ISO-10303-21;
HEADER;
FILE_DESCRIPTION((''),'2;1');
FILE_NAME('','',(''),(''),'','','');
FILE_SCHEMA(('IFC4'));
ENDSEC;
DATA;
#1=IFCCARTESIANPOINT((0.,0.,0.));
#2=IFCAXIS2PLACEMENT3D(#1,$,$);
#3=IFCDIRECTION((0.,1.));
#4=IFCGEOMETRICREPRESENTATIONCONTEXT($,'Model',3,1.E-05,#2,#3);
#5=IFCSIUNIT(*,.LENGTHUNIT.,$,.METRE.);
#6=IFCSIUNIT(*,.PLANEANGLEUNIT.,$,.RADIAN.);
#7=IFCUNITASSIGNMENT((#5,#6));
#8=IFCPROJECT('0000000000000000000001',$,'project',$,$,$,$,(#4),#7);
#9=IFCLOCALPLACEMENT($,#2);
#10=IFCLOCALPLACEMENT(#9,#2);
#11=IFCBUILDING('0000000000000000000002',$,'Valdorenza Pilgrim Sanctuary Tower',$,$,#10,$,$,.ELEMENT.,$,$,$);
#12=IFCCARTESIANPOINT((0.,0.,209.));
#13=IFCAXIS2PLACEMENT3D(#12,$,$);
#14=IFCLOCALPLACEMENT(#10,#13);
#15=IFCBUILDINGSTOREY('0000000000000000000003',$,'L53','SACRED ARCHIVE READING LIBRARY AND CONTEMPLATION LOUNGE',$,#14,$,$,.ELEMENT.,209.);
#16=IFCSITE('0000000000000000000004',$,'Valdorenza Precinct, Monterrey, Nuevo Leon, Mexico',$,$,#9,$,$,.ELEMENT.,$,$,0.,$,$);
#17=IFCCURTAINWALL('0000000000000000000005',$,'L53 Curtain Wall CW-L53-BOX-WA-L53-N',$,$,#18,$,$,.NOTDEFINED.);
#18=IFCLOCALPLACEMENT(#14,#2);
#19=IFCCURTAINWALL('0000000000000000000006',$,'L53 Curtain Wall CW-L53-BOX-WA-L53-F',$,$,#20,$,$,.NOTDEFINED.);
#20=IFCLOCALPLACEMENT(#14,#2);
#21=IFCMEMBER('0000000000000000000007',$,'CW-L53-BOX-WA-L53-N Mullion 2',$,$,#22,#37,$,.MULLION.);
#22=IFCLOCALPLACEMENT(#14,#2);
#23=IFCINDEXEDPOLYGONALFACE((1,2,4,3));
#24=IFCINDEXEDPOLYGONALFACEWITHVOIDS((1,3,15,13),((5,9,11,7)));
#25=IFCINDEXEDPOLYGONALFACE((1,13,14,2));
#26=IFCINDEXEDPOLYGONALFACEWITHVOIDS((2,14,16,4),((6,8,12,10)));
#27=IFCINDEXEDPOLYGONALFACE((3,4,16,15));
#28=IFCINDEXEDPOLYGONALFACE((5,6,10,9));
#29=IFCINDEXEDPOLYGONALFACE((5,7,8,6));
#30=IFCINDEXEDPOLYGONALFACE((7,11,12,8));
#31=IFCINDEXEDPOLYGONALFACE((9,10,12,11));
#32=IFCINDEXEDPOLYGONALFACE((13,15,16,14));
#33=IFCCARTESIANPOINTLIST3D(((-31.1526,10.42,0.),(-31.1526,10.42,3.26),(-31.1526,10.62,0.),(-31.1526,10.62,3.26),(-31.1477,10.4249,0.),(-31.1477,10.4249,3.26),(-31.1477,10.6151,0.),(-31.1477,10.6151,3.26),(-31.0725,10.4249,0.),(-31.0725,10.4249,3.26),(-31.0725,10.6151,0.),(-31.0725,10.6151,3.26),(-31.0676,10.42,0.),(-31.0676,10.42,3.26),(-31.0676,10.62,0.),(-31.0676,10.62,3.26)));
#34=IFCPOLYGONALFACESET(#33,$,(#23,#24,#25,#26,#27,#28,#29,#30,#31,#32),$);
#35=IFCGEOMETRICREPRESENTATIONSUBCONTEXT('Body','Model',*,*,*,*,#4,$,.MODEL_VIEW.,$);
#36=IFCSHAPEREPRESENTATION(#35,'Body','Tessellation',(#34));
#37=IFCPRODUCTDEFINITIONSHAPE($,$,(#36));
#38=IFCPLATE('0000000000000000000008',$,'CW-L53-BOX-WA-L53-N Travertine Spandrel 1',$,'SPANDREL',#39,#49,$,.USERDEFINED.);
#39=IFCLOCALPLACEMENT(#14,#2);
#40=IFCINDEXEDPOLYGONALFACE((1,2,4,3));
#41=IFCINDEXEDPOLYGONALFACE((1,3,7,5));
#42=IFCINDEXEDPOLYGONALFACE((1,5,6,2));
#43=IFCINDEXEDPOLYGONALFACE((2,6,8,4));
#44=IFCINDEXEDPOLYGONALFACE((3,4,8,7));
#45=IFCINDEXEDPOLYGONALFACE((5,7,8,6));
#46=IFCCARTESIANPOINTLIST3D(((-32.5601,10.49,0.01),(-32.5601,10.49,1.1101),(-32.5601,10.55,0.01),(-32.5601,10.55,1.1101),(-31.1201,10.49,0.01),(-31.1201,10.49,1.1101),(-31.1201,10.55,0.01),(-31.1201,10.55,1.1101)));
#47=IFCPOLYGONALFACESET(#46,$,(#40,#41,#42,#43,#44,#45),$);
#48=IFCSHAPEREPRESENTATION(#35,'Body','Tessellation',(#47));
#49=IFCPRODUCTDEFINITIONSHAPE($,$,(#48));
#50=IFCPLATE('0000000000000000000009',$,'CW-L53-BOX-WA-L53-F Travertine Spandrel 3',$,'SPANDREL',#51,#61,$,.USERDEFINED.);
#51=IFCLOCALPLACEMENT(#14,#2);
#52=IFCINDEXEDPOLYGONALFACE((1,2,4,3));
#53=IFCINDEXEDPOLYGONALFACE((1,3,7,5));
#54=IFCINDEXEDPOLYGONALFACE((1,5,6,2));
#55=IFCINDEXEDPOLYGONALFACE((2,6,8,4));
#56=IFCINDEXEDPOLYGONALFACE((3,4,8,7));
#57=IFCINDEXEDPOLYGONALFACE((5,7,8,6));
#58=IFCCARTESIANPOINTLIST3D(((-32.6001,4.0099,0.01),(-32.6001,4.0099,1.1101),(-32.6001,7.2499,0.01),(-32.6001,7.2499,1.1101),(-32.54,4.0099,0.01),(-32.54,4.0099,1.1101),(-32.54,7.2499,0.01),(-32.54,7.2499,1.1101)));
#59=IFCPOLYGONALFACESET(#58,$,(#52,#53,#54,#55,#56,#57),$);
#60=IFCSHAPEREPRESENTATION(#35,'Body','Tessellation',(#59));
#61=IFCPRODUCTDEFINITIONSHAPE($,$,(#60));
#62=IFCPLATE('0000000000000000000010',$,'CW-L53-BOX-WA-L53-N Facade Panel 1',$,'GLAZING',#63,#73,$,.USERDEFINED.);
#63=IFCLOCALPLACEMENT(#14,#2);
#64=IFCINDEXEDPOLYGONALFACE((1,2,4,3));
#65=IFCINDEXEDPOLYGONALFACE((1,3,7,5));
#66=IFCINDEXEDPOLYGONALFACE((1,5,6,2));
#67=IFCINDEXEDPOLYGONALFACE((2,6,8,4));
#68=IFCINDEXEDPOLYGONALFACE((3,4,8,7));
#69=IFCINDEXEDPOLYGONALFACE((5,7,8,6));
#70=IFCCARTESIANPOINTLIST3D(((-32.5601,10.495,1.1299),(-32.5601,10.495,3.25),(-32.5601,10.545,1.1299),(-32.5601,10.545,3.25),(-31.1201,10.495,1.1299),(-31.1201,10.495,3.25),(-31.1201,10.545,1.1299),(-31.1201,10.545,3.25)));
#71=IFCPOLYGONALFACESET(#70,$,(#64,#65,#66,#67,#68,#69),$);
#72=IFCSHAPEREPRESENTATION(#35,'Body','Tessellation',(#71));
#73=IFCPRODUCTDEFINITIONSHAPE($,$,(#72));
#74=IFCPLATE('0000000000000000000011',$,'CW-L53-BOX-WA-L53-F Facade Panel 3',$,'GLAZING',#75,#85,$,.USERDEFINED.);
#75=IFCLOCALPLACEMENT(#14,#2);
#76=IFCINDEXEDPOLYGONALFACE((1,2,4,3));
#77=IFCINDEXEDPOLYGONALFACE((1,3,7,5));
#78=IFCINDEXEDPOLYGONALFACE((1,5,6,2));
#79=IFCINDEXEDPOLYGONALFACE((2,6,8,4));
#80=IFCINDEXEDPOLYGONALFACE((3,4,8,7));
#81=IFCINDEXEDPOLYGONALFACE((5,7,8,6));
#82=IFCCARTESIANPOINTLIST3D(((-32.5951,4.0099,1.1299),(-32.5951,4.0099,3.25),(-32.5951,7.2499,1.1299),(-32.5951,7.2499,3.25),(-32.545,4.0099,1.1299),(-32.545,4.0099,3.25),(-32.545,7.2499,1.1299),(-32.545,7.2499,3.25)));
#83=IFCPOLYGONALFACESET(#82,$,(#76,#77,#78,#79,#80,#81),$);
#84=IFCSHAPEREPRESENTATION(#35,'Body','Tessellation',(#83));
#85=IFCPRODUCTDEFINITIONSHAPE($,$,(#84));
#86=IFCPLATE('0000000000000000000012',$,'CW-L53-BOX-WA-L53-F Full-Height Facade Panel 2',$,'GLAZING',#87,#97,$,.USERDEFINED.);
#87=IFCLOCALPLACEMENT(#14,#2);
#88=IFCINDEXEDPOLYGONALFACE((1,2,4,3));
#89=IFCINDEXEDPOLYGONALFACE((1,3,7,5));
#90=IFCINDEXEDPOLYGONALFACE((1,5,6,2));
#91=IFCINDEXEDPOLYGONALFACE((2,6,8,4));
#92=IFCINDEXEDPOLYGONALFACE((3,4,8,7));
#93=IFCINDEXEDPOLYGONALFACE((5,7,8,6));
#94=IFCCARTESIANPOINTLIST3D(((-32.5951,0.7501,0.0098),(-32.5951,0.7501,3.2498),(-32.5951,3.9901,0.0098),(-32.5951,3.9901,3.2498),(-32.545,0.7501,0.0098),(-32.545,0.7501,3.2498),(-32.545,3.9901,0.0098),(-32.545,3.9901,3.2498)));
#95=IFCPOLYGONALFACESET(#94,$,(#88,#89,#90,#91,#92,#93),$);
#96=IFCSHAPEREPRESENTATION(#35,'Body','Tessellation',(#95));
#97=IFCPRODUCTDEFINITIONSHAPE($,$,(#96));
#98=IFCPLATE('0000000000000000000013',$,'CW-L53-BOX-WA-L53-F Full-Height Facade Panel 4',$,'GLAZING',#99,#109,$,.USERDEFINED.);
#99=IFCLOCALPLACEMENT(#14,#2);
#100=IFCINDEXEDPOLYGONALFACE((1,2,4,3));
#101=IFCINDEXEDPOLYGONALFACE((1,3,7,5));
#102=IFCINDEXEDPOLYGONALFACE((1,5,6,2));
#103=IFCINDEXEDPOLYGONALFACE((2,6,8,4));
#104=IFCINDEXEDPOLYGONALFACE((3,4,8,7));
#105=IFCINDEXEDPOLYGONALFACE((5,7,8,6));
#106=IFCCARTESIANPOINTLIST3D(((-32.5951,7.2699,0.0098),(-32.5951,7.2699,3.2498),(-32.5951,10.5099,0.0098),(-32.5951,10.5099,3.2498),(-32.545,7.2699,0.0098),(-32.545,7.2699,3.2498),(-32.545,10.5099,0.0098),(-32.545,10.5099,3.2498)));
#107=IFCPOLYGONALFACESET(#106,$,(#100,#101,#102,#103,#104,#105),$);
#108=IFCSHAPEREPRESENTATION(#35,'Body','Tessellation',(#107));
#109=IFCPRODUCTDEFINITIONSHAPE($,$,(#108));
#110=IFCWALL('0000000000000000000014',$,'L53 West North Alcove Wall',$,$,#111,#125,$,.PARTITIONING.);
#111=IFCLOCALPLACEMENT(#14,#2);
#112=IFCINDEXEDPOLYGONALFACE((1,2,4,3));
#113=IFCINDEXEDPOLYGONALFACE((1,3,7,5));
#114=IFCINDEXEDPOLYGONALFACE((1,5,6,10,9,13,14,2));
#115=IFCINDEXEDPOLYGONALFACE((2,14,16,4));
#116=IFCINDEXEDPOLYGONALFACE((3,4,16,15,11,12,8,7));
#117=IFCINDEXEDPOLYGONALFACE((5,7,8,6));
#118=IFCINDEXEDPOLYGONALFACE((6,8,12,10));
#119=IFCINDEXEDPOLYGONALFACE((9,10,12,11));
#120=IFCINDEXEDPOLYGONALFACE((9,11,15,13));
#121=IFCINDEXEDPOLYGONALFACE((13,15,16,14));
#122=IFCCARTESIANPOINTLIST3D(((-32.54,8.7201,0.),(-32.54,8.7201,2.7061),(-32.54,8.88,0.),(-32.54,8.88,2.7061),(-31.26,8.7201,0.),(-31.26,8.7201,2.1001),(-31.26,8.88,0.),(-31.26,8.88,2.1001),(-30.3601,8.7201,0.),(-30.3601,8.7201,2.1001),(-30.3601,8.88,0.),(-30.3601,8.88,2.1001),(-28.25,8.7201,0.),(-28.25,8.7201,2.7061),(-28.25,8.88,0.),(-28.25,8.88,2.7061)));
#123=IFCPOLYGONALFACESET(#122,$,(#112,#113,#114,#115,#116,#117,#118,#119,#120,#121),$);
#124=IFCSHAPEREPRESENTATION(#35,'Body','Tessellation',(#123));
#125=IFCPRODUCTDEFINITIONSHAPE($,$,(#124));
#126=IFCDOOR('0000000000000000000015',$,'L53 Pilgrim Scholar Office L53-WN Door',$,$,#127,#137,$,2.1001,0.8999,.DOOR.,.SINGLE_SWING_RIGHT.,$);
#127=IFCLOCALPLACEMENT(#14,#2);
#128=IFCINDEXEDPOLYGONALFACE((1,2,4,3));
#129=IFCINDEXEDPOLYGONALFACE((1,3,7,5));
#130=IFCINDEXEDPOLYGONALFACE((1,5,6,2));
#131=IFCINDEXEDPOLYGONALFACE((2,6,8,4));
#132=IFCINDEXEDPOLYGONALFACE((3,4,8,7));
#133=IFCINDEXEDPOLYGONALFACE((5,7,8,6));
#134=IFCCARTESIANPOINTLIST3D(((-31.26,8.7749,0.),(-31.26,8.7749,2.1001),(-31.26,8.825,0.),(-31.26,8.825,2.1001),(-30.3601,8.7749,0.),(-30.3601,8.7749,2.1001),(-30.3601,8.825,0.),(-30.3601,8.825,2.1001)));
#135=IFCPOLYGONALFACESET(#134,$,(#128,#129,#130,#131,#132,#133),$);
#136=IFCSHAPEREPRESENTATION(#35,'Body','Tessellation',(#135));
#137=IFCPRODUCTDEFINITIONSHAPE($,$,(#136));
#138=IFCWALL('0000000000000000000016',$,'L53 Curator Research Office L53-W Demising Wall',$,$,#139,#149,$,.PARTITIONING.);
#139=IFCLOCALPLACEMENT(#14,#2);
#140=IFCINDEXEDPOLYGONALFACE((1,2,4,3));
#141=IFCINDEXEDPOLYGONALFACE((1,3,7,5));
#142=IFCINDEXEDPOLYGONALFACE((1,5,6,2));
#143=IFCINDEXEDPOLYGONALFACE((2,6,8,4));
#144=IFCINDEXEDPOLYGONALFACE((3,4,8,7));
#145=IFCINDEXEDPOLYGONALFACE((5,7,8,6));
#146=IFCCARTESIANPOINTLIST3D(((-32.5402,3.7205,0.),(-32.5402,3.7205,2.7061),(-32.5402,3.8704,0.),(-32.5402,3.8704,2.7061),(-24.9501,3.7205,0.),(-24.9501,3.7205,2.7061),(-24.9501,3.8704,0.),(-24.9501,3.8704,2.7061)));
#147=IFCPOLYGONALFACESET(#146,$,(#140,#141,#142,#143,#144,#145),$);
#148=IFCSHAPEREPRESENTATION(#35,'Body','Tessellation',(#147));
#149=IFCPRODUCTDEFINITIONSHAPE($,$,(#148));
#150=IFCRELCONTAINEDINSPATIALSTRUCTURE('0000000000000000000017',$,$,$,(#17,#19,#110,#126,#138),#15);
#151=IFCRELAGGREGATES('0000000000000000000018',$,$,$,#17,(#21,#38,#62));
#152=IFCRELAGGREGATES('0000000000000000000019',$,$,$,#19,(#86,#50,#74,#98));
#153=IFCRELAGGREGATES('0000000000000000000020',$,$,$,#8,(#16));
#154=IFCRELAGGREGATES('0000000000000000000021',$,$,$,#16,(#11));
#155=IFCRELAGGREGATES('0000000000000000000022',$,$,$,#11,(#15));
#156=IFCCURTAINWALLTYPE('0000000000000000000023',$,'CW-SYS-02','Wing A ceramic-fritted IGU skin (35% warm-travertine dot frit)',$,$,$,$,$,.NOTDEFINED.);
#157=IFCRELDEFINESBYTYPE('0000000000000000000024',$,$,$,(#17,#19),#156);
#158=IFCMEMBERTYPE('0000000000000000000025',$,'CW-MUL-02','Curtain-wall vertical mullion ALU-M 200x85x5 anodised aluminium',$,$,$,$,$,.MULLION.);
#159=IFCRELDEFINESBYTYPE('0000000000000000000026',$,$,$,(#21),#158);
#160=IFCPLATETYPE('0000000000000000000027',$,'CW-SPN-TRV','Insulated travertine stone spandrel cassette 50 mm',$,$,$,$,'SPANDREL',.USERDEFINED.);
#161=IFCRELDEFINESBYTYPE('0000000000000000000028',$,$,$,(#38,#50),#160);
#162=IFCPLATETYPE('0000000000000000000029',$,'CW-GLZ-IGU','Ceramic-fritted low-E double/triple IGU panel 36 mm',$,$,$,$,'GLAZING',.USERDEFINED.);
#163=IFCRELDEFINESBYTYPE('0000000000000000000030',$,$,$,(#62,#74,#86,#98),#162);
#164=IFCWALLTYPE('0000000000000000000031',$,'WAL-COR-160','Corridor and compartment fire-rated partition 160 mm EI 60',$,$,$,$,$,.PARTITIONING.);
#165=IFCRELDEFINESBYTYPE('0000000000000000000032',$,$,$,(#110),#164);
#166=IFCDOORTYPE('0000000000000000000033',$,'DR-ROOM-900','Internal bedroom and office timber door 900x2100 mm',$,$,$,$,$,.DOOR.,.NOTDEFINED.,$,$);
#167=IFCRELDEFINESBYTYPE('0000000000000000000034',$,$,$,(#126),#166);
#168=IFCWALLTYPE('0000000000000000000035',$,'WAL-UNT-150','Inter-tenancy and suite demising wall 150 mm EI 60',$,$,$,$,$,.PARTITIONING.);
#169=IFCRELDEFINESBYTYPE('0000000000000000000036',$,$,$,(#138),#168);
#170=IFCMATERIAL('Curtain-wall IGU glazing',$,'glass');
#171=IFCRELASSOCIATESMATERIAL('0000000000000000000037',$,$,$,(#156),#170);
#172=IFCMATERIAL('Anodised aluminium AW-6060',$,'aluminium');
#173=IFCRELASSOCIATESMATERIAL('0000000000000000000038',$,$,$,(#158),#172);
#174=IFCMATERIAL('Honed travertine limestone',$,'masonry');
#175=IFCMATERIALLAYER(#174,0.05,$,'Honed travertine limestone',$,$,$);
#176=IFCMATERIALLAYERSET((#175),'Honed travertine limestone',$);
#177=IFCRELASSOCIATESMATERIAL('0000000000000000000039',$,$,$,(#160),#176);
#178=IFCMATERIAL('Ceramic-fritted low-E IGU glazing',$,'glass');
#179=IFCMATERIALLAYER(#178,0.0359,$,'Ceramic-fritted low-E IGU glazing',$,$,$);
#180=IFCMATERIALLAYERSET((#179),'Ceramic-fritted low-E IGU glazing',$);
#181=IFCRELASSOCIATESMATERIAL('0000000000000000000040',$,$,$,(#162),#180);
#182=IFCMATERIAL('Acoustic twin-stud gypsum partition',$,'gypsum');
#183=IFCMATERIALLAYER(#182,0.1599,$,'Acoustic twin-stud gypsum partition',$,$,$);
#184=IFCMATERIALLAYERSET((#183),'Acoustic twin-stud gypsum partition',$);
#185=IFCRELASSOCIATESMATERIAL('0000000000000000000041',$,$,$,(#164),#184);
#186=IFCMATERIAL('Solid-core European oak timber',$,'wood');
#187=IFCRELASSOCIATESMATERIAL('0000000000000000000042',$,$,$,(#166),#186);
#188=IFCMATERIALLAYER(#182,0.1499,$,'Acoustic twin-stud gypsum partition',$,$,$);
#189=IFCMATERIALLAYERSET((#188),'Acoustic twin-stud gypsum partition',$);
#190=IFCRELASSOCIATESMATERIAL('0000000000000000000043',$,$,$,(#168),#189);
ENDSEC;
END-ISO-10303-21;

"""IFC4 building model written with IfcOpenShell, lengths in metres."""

from ifc_helpers import new_model, si_unit, direction, frame, frame_2d, origin, origin_2d, place, context, subcontext, project, spatial, rectangle, hollow_rectangle, extrude, source, transform, mapped, material, layer, layer_set, material_profile, profile_set, type_object, element, fill, aggregate, save


model = new_model("IFC4")

# Units and contexts
model_context = context("Model", 3, precision=1e-05, world=origin(), true_north=direction((0.0, 1.0)))
body_context = subcontext(model_context, "Body", "Model", "MODEL_VIEW")
ifc_project = project(units=[si_unit("LENGTHUNIT", "METRE"), si_unit("PLANEANGLEUNIT", "RADIAN")], contexts=[model_context])

# Site, building, storey
site_placement = place(None, origin())
site = spatial("IfcSite", under=ifc_project, at=site_placement, Name="Valdorenza Precinct, Monterrey, Nuevo Leon, Mexico", CompositionType="ELEMENT", RefElevation=0.0)
building_placement = place(site_placement, origin())
building = spatial("IfcBuilding", under=site, at=building_placement, Name="Valdorenza Pilgrim Sanctuary Tower", CompositionType="ELEMENT")
storey_placement = place(building_placement, frame((0.0, 0.0, 209.0)))
storey = spatial("IfcBuildingStorey", under=building, at=storey_placement, Name="L53", Description="SACRED ARCHIVE READING LIBRARY AND CONTEMPLATION LOUNGE", CompositionType="ELEMENT", Elevation=209.0)

# Curtain wall
ifc_material_1 = material(Name="Curtain-wall IGU glazing", Category="glass")
curtain_wall_type = type_object("IfcCurtainWallType", Name="CW-SYS-02", Description="Wing A ceramic-fritted IGU skin (35% warm-travertine dot frit)", PredefinedType="NOTDEFINED", material=ifc_material_1)
curtain_wall_1_placement = place(storey_placement, origin())
curtain_wall_1 = element("IfcCurtainWall", 1, at=curtain_wall_1_placement, inside=storey, type_object=curtain_wall_type, Name="L53 Curtain Wall CW-L53-BOX-WA-L53-N", PredefinedType="NOTDEFINED")
ifc_material_2 = material(Name="Anodised aluminium AW-6060", Category="aluminium")

# Curtain wall
curtain_wall_2_placement = place(storey_placement, origin())
curtain_wall_2 = element("IfcCurtainWall", 2, at=curtain_wall_2_placement, inside=storey, type_object=curtain_wall_type, Name="L53 Curtain Wall CW-L53-BOX-WA-L53-F", PredefinedType="NOTDEFINED")
ifc_material_profile_1 = material_profile(ifc_material_2, hollow_rectangle(XDim=0.085, YDim=0.2, WallThickness=0.0049, at=origin_2d()), Name="ALU-M 200x85x5")
ifc_profile_set_1 = profile_set([ifc_material_profile_1], Name="Anodised aluminium AW-6060")
member_type_1 = type_object("IfcMemberType", Name="CW-MUL-02", Description="Curtain-wall vertical mullion ALU-M 200x85x5 anodised aluminium", PredefinedType="MULLION", material=ifc_profile_set_1)
shared_shape_1 = source(origin(), body_context, "Body", "SweptSolid", [
    extrude(hollow_rectangle(XDim=0.085, YDim=0.2, WallThickness=0.0049, at=origin_2d()), origin(), (0.0, 0.0, 1.0), 3.26),
])

# Member
member_1_placement = place(storey_placement, frame((-31.1101, 10.52, 0.0), z_axis=(0.0, 0.0, 1.0), x_axis=(1.0, 0.0, 0.0)))
member_1 = element("IfcMember", 3, at=member_1_placement, type_object=member_type_1, Name="CW-L53-BOX-WA-L53-N Mullion 2", PredefinedType="MULLION", context=body_context, shape_type="MappedRepresentation", body=[
    mapped(shared_shape_1, transform((0.0, 0.0, 0.0), x_axis=(1.0, 0.0, 0.0), y_axis=(0.0, 1.0, 0.0), z_axis=(0.0, 0.0, 1.0), scale=1.0)),
])

# Plates
ifc_material_3 = material(Name="Honed travertine limestone", Category="masonry")
ifc_layer_1 = layer(ifc_material_3, 0.05, Name="Honed travertine limestone")
ifc_layer_set_1 = layer_set([ifc_layer_1], Name="Honed travertine limestone")
plate_type_1 = type_object("IfcPlateType", Name="CW-SPN-TRV", Description="Insulated travertine stone spandrel cassette 50 mm", ElementType="SPANDREL", PredefinedType="USERDEFINED", material=ifc_layer_set_1)
shared_shape_2 = source(origin(), body_context, "Body", "SweptSolid", [
    extrude(rectangle(XDim=1.4399, YDim=0.0601, at=origin_2d()), origin(), (0.0, 0.0, 1.0), 1.1001),
])
plate_1_placement = place(storey_placement, frame((-31.8401, 10.52, 0.01), z_axis=(0.0, 0.0, 1.0), x_axis=(1.0, 0.0, 0.0)))
plate_1 = element("IfcPlate", 4, at=plate_1_placement, type_object=plate_type_1, Name="CW-L53-BOX-WA-L53-N Travertine Spandrel 1", ObjectType="SPANDREL", PredefinedType="USERDEFINED", context=body_context, shape_type="MappedRepresentation", body=[
    mapped(shared_shape_2, transform((0.0, 0.0, 0.0), x_axis=(1.0, 0.0, 0.0), y_axis=(0.0, 1.0, 0.0), z_axis=(0.0, 0.0, 1.0), scale=1.0)),
])
shared_shape_3 = source(origin(), body_context, "Body", "SweptSolid", [
    extrude(rectangle(XDim=3.24, YDim=0.0601, at=origin_2d()), origin(), (0.0, 0.0, 1.0), 1.1001),
])
plate_2_placement = place(storey_placement, frame((-32.5701, 5.6299, 0.01), z_axis=(0.0, 0.0, 1.0), x_axis=(0.0, 1.0, 0.0)))
plate_2 = element("IfcPlate", 5, at=plate_2_placement, type_object=plate_type_1, Name="CW-L53-BOX-WA-L53-F Travertine Spandrel 3", ObjectType="SPANDREL", PredefinedType="USERDEFINED", context=body_context, shape_type="MappedRepresentation", body=[
    mapped(shared_shape_3, transform((0.0, 0.0, 0.0), x_axis=(1.0, 0.0, 0.0), y_axis=(0.0, 1.0, 0.0), z_axis=(0.0, 0.0, 1.0), scale=1.0)),
])
ifc_material_4 = material(Name="Ceramic-fritted low-E IGU glazing", Category="glass")
ifc_layer_2 = layer(ifc_material_4, 0.0359, Name="Ceramic-fritted low-E IGU glazing")
ifc_layer_set_2 = layer_set([ifc_layer_2], Name="Ceramic-fritted low-E IGU glazing")
plate_type_2 = type_object("IfcPlateType", Name="CW-GLZ-IGU", Description="Ceramic-fritted low-E double/triple IGU panel 36 mm", ElementType="GLAZING", PredefinedType="USERDEFINED", material=ifc_layer_set_2)
shared_shape_4 = source(origin(), body_context, "Body", "SweptSolid", [
    extrude(rectangle(XDim=1.4399, YDim=0.05, at=origin_2d()), origin(), (0.0, 0.0, 1.0), 2.1201),
])
plate_3_placement = place(storey_placement, frame((-31.8401, 10.52, 1.1299), z_axis=(0.0, 0.0, 1.0), x_axis=(1.0, 0.0, 0.0)))
plate_3 = element("IfcPlate", 6, at=plate_3_placement, type_object=plate_type_2, Name="CW-L53-BOX-WA-L53-N Facade Panel 1", ObjectType="GLAZING", PredefinedType="USERDEFINED", context=body_context, shape_type="MappedRepresentation", body=[
    mapped(shared_shape_4, transform((0.0, 0.0, 0.0), x_axis=(1.0, 0.0, 0.0), y_axis=(0.0, 1.0, 0.0), z_axis=(0.0, 0.0, 1.0), scale=1.0)),
])
aggregate(curtain_wall_1, [member_1, plate_1, plate_3])
shared_shape_5 = source(origin(), body_context, "Body", "SweptSolid", [
    extrude(rectangle(XDim=3.24, YDim=0.05, at=origin_2d()), origin(), (0.0, 0.0, 1.0), 2.1201),
])
plate_4_placement = place(storey_placement, frame((-32.5701, 5.6299, 1.1299), z_axis=(0.0, 0.0, 1.0), x_axis=(0.0, 1.0, 0.0)))
plate_4 = element("IfcPlate", 7, at=plate_4_placement, type_object=plate_type_2, Name="CW-L53-BOX-WA-L53-F Facade Panel 3", ObjectType="GLAZING", PredefinedType="USERDEFINED", context=body_context, shape_type="MappedRepresentation", body=[
    mapped(shared_shape_5, transform((0.0, 0.0, 0.0), x_axis=(1.0, 0.0, 0.0), y_axis=(0.0, 1.0, 0.0), z_axis=(0.0, 0.0, 1.0), scale=1.0)),
])
shared_shape_6 = source(origin(), body_context, "Body", "SweptSolid", [
    extrude(rectangle(XDim=3.24, YDim=0.05, at=origin_2d()), origin(), (0.0, 0.0, 1.0), 3.24),
])
plate_5_placement = place(storey_placement, frame((-32.5701, 2.3701, 0.0098), z_axis=(0.0, 0.0, 1.0), x_axis=(0.0, 1.0, 0.0)))
plate_5 = element("IfcPlate", 8, at=plate_5_placement, type_object=plate_type_2, Name="CW-L53-BOX-WA-L53-F Full-Height Facade Panel 2", ObjectType="GLAZING", PredefinedType="USERDEFINED", context=body_context, shape_type="MappedRepresentation", body=[
    mapped(shared_shape_6, transform((0.0, 0.0, 0.0), x_axis=(1.0, 0.0, 0.0), y_axis=(0.0, 1.0, 0.0), z_axis=(0.0, 0.0, 1.0), scale=1.0)),
])
plate_6_placement = place(storey_placement, frame((-32.5701, 8.8899, 0.0098), z_axis=(0.0, 0.0, 1.0), x_axis=(0.0, 1.0, 0.0)))
plate_6 = element("IfcPlate", 9, at=plate_6_placement, type_object=plate_type_2, Name="CW-L53-BOX-WA-L53-F Full-Height Facade Panel 4", ObjectType="GLAZING", PredefinedType="USERDEFINED", context=body_context, shape_type="MappedRepresentation", body=[
    mapped(shared_shape_6, transform((0.0, 0.0, 0.0), x_axis=(1.0, 0.0, 0.0), y_axis=(0.0, 1.0, 0.0), z_axis=(0.0, 0.0, 1.0), scale=1.0)),
])
aggregate(curtain_wall_2, [plate_5, plate_2, plate_4, plate_6])

# Wall, opening, door
ifc_material_5 = material(Name="Acoustic twin-stud gypsum partition", Category="gypsum")
ifc_layer_3 = layer(ifc_material_5, 0.1599, Name="Acoustic twin-stud gypsum partition")
ifc_layer_set_3 = layer_set([ifc_layer_3], Name="Acoustic twin-stud gypsum partition")
wall_type_1 = type_object("IfcWallType", Name="WAL-COR-160", Description="Corridor and compartment fire-rated partition 160 mm EI 60", PredefinedType="PARTITIONING", material=ifc_layer_set_3)
wall_1_placement = place(storey_placement, frame((-32.54, 8.8, 0.0), z_axis=(0.0, 0.0, 1.0), x_axis=(1.0, 0.0, 0.0)))
wall_1 = element("IfcWall", 10, at=wall_1_placement, inside=storey, type_object=wall_type_1, Name="L53 West North Alcove Wall", PredefinedType="PARTITIONING", context=body_context, shape_type="SweptSolid", body=[
    extrude(rectangle(XDim=4.29, YDim=0.1599, at=frame_2d((2.145, 0.0))), origin(), (0.0, 0.0, 1.0), 2.7061),
])
opening_placement = place(wall_1_placement, frame((1.28, 0.0, 0.0)))
opening = element("IfcOpeningElement", 11, at=opening_placement, cuts=wall_1, PredefinedType="OPENING", context=body_context, shape_type="SweptSolid", body=[
    extrude(rectangle(XDim=0.8999, YDim=2.1001, at=frame_2d((0.45, 1.05))), frame((0.0, 0.0947, 0.0), z_axis=(0.0, -1.0, 0.0), x_axis=(1.0, 0.0, 0.0)), (0.0, 0.0, 1.0), 0.1897),
])
ifc_material_6 = material(Name="Solid-core European oak timber", Category="wood")
door_type = type_object("IfcDoorType", Name="DR-ROOM-900", Description="Internal bedroom and office timber door 900x2100 mm", OperationType="NOTDEFINED", PredefinedType="DOOR", material=ifc_material_6)
door_placement = place(opening_placement, origin())
door = element("IfcDoor", 12, at=door_placement, inside=storey, type_object=door_type, Name="L53 Pilgrim Scholar Office L53-WN Door", OperationType="SINGLE_SWING_RIGHT", OverallHeight=2.1001, OverallWidth=0.8999, PredefinedType="DOOR", context=body_context, shape_type="SweptSolid", body=[
    extrude(rectangle(XDim=0.8999, YDim=2.1001, at=frame_2d((0.45, 1.05))), frame((0.0, 0.0249, 0.0), z_axis=(0.0, -1.0, 0.0), x_axis=(1.0, 0.0, 0.0)), (0.0, 0.0, 1.0), 0.05),
])
fill(opening, door)

# Wall
ifc_layer_4 = layer(ifc_material_5, 0.1499, Name="Acoustic twin-stud gypsum partition")
ifc_layer_set_4 = layer_set([ifc_layer_4], Name="Acoustic twin-stud gypsum partition")
wall_type_2 = type_object("IfcWallType", Name="WAL-UNT-150", Description="Inter-tenancy and suite demising wall 150 mm EI 60", PredefinedType="PARTITIONING", material=ifc_layer_set_4)
wall_2_placement = place(storey_placement, frame((-32.54, 3.7954, 0.0), z_axis=(0.0, 0.0, 1.0), x_axis=(1.0, 0.0, 0.0)))
element("IfcWall", 13, at=wall_2_placement, inside=storey, type_object=wall_type_2, Name="L53 Curator Research Office L53-W Demising Wall", PredefinedType="PARTITIONING", context=body_context, shape_type="SweptSolid", body=[
    extrude(rectangle(XDim=7.5901, YDim=0.1499, at=frame_2d((3.7949, 0.0))), origin(), (0.0, 0.0, 1.0), 2.7061),
])

save(model, "model.ifc")
